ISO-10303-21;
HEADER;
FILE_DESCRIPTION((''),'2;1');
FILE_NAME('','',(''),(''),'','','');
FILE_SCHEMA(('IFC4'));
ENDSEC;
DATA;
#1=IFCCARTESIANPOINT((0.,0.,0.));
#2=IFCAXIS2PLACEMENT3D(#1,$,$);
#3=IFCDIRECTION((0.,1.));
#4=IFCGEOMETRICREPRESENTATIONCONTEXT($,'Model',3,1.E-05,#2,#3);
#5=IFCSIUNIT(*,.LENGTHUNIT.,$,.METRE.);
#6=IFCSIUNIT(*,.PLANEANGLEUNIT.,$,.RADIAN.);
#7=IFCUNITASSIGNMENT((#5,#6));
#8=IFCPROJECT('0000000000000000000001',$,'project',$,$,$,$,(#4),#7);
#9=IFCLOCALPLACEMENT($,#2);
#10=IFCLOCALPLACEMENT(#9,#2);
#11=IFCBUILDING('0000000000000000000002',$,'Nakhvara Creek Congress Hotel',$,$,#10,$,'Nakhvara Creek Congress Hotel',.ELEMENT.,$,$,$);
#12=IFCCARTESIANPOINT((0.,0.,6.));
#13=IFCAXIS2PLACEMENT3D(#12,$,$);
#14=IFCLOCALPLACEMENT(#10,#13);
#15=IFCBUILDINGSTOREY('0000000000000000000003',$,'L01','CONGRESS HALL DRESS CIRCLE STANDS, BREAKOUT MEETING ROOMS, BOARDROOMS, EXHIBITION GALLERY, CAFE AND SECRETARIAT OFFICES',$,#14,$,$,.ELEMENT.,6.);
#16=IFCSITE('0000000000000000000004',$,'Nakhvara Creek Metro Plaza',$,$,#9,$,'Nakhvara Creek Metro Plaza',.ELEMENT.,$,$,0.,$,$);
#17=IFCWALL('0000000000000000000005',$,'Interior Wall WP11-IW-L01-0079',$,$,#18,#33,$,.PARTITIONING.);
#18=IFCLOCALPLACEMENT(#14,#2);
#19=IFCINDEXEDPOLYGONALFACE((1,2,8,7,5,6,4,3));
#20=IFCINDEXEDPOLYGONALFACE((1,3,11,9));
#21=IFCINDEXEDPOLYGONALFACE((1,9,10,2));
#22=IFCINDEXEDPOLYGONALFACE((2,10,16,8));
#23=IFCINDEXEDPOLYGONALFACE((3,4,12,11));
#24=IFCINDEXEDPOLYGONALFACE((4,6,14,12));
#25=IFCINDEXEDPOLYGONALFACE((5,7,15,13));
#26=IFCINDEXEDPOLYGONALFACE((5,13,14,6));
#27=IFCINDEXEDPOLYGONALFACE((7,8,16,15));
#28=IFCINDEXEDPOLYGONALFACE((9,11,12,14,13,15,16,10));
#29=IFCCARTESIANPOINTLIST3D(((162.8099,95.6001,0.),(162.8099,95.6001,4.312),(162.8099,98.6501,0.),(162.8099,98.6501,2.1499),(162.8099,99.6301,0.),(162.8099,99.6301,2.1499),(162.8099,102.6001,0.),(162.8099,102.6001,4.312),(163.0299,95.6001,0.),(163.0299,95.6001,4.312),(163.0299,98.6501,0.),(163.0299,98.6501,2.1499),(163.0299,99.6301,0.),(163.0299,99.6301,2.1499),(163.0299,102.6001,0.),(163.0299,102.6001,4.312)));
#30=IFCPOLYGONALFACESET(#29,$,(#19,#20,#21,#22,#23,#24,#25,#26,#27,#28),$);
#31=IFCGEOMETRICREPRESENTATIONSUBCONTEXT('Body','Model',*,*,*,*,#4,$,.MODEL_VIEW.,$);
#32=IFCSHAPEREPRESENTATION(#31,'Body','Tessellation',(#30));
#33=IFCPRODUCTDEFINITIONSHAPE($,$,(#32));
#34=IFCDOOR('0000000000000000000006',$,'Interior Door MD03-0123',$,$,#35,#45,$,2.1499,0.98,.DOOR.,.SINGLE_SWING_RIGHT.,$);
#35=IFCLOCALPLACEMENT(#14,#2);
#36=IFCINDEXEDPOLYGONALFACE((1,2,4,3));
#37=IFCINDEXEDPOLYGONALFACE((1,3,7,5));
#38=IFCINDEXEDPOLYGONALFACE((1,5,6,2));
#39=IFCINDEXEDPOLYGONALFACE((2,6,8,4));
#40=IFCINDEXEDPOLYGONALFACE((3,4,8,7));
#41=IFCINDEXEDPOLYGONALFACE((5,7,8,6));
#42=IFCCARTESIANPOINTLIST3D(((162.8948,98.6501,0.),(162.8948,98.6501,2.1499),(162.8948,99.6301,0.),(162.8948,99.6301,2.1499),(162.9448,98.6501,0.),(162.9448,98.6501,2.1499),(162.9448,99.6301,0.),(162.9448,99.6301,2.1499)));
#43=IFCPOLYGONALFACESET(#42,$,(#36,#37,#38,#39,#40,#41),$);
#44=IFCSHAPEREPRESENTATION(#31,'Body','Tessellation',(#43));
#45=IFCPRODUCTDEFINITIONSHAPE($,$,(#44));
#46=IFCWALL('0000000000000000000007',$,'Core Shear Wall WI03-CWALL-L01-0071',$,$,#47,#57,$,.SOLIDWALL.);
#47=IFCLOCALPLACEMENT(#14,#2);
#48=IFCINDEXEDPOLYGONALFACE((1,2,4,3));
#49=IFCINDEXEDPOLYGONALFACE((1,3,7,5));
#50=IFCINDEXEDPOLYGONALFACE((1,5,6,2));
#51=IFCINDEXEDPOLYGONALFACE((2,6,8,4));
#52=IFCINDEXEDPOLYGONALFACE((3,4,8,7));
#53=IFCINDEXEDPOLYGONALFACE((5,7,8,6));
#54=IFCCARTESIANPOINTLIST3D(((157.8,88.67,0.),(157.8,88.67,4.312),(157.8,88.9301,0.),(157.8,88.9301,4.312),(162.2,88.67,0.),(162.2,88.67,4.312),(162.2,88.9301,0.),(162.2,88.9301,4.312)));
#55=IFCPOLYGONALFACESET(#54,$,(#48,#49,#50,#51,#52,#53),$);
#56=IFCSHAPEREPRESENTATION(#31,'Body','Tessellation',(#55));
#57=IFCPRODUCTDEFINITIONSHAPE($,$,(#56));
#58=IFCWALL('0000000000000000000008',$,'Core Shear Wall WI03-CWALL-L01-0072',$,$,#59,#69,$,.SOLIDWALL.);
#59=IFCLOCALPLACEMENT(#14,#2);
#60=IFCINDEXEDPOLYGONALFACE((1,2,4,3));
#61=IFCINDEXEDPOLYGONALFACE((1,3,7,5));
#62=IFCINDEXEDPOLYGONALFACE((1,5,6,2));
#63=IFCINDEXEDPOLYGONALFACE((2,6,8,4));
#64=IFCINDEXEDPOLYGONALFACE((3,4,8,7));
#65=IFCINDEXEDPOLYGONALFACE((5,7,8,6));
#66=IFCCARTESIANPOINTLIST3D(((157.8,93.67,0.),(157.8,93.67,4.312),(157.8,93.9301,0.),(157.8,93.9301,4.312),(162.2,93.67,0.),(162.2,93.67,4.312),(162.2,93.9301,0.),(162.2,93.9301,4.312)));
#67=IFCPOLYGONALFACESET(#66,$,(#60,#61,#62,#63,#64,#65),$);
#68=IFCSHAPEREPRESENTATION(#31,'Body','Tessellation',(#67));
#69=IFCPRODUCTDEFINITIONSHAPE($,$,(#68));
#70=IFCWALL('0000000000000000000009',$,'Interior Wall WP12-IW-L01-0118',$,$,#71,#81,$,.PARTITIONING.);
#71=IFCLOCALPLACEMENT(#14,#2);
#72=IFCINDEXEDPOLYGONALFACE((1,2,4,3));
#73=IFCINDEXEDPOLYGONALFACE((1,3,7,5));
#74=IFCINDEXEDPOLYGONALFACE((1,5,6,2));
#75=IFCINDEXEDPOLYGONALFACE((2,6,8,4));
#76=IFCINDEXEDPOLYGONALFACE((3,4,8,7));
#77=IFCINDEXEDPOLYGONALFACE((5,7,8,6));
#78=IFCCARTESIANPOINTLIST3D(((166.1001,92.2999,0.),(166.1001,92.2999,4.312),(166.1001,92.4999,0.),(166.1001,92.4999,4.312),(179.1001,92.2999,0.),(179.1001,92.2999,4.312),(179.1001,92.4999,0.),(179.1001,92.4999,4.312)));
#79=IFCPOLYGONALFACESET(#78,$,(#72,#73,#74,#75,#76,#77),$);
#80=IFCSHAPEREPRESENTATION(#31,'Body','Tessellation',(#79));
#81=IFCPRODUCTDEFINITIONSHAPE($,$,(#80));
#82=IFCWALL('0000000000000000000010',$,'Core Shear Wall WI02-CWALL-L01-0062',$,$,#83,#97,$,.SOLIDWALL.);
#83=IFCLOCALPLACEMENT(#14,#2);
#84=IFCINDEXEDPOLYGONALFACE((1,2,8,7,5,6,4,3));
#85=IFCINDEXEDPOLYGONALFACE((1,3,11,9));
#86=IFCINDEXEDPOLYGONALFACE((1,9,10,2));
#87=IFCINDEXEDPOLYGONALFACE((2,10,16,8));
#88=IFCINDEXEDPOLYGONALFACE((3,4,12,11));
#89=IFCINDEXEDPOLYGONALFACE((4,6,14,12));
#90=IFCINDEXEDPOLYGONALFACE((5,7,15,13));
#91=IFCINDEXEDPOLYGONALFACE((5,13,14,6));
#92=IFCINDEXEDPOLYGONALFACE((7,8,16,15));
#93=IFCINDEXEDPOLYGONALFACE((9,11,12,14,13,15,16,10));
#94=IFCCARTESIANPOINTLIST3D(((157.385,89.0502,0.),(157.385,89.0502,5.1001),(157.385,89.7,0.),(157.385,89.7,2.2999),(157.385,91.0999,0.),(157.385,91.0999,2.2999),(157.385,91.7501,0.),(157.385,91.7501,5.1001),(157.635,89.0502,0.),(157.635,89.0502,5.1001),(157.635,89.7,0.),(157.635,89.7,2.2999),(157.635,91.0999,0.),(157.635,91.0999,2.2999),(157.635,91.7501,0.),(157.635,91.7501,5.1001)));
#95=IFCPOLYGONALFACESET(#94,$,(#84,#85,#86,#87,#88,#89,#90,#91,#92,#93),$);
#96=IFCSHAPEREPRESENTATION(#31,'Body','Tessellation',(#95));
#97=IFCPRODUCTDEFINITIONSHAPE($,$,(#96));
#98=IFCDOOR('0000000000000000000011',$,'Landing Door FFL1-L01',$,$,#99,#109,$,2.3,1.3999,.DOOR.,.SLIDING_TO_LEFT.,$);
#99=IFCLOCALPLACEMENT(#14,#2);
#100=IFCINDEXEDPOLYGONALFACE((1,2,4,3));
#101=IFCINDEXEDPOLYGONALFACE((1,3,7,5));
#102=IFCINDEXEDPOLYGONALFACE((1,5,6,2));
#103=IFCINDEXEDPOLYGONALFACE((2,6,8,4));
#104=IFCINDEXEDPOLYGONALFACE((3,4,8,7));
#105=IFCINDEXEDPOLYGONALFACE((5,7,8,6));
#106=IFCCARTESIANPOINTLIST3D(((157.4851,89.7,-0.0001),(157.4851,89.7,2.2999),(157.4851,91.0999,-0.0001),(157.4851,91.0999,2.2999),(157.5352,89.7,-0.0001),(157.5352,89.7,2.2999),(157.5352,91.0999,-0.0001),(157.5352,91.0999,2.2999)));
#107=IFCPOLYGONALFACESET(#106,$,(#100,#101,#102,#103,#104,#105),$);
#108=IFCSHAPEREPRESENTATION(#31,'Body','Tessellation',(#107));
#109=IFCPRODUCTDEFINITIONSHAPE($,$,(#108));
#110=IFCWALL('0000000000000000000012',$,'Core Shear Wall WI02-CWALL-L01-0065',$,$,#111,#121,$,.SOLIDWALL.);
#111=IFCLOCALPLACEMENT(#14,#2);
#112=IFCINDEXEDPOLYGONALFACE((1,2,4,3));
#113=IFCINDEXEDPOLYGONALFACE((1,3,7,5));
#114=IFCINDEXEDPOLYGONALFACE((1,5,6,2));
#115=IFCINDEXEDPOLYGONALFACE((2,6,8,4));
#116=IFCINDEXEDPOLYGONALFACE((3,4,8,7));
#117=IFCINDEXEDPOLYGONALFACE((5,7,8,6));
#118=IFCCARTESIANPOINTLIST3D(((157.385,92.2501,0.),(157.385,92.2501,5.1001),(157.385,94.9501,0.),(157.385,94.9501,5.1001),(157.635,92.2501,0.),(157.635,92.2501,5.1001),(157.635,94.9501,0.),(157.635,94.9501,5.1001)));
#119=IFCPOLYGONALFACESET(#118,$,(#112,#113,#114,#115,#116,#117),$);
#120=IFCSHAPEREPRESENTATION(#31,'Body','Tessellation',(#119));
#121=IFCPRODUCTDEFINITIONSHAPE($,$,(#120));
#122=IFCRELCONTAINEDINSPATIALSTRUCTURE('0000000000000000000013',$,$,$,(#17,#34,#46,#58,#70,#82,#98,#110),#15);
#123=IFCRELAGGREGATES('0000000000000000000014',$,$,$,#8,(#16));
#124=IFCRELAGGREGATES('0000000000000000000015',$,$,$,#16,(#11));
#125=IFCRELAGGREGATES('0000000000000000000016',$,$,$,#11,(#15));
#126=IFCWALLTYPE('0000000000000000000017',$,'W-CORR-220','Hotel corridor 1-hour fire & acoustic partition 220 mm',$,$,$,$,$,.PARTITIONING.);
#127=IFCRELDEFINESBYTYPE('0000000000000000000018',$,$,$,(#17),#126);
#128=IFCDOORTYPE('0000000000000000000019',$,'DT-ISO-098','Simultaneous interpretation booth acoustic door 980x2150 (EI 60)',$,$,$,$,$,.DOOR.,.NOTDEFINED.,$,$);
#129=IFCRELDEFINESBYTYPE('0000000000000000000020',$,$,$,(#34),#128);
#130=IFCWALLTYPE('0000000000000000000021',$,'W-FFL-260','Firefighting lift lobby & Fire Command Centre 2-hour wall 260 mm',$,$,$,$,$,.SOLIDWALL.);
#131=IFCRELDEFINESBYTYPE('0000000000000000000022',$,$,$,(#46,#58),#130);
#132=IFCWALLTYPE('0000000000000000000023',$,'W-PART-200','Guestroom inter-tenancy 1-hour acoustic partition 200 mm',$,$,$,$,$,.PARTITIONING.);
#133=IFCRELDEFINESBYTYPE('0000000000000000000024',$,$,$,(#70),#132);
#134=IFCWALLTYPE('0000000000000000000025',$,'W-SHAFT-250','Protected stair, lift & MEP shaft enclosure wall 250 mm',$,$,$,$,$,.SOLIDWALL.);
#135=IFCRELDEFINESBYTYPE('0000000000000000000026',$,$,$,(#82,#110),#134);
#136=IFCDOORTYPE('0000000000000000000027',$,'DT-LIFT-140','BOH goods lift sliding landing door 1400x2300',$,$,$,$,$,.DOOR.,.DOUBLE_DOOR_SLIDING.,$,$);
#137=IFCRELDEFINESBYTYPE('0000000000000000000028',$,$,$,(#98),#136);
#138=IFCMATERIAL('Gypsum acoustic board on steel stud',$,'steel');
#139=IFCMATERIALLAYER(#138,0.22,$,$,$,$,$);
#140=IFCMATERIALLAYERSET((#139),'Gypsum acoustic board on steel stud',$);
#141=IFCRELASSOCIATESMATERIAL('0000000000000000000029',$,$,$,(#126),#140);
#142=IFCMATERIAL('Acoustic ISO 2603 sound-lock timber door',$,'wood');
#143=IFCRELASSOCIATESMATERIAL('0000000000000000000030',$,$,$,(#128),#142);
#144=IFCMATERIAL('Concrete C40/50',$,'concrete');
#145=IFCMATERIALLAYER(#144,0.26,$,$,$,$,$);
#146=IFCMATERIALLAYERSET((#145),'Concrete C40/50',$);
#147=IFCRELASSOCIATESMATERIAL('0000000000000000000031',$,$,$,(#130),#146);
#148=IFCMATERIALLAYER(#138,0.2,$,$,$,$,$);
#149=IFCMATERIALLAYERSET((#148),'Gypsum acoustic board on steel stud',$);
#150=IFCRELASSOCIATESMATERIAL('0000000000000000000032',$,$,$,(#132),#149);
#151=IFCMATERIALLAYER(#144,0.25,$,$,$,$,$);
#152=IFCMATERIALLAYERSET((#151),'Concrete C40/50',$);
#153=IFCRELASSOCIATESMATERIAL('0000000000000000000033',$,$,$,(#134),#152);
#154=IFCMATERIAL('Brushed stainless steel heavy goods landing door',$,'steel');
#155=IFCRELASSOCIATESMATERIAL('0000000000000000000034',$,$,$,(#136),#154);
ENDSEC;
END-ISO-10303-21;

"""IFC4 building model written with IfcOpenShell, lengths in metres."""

from ifc_helpers import new_model, si_unit, direction, frame, frame_2d, origin, place, context, subcontext, project, spatial, rectangle, extrude, material, layer, layer_set, type_object, element, fill, save


model = new_model("IFC4")

# Units and contexts
model_context = context("Model", 3, precision=1e-05, world=origin(), true_north=direction((0.0, 1.0)))
body_context = subcontext(model_context, "Body", "Model", "MODEL_VIEW")
ifc_project = project(units=[si_unit("LENGTHUNIT", "METRE"), si_unit("PLANEANGLEUNIT", "RADIAN")], contexts=[model_context])

# Site, building, storey
site_placement = place(None, origin())
site = spatial("IfcSite", under=ifc_project, at=site_placement, Name="Nakhvara Creek Metro Plaza", LongName="Nakhvara Creek Metro Plaza", CompositionType="ELEMENT", RefElevation=0.0)
building_placement = place(site_placement, origin())
building = spatial("IfcBuilding", under=site, at=building_placement, Name="Nakhvara Creek Congress Hotel", LongName="Nakhvara Creek Congress Hotel", CompositionType="ELEMENT")
storey_placement = place(building_placement, frame((0.0, 0.0, 6.0)))
storey = spatial("IfcBuildingStorey", under=building, at=storey_placement, Name="L01", Description="CONGRESS HALL DRESS CIRCLE STANDS, BREAKOUT MEETING ROOMS, BOARDROOMS, EXHIBITION GALLERY, CAFE AND SECRETARIAT OFFICES", CompositionType="ELEMENT", Elevation=6.0)

# Shared definitions
ifc_material_1 = material(Name="Concrete C40/50", Category="concrete")

# Wall, opening, door
ifc_material_2 = material(Name="Gypsum acoustic board on steel stud", Category="steel")
ifc_layer_1 = layer(ifc_material_2, 0.22)
ifc_layer_set_1 = layer_set([ifc_layer_1], Name="Gypsum acoustic board on steel stud")
wall_type_1 = type_object("IfcWallType", Name="W-CORR-220", Description="Hotel corridor 1-hour fire & acoustic partition 220 mm", PredefinedType="PARTITIONING", material=ifc_layer_set_1)
wall_1_placement = place(storey_placement, frame((162.9199, 95.6001, 0.0), z_axis=(0.0, 0.0, 1.0), x_axis=(0.0, 1.0, 0.0)))
wall_1 = element("IfcWall", 1, at=wall_1_placement, inside=storey, type_object=wall_type_1, Name="Interior Wall WP11-IW-L01-0079", PredefinedType="PARTITIONING", context=body_context, shape_type="SweptSolid", body=[
    extrude(rectangle(XDim=7.0, YDim=0.22, at=frame_2d((3.5, 0.0))), origin(), (0.0, 0.0, 1.0), 4.312),
])
opening_1_placement = place(wall_1_placement, frame((3.05, 0.0, 0.0)))
opening_1 = element("IfcOpeningElement", 2, at=opening_1_placement, cuts=wall_1, PredefinedType="OPENING", context=body_context, shape_type="SweptSolid", body=[
    extrude(rectangle(XDim=0.98, YDim=2.1499, at=frame_2d((0.49, 1.075))), frame((0.0, 0.1221, 0.0), z_axis=(0.0, -1.0, 0.0), x_axis=(1.0, 0.0, 0.0)), (0.0, 0.0, 1.0), 0.2439),
])
ifc_material_3 = material(Name="Acoustic ISO 2603 sound-lock timber door", Category="wood")
door_type_1 = type_object("IfcDoorType", Name="DT-ISO-098", Description="Simultaneous interpretation booth acoustic door 980x2150 (EI 60)", OperationType="NOTDEFINED", PredefinedType="DOOR", material=ifc_material_3)
door_1_placement = place(opening_1_placement, frame((0.98, 0.0, 0.0), z_axis=(0.0, 0.0, 1.0), x_axis=(-1.0, 0.0, 0.0)))
door_1 = element("IfcDoor", 3, at=door_1_placement, inside=storey, type_object=door_type_1, Name="Interior Door MD03-0123", OperationType="SINGLE_SWING_RIGHT", OverallHeight=2.1499, OverallWidth=0.98, PredefinedType="DOOR", context=body_context, shape_type="SweptSolid", body=[
    extrude(rectangle(XDim=0.98, YDim=2.1499, at=frame_2d((0.49, 1.075))), frame((0.0, 0.0249, 0.0), z_axis=(0.0, -1.0, 0.0), x_axis=(1.0, 0.0, 0.0)), (0.0, 0.0, 1.0), 0.05),
])
fill(opening_1, door_1)
ifc_layer_2 = layer(ifc_material_1, 0.26)
ifc_layer_set_2 = layer_set([ifc_layer_2], Name="Concrete C40/50")
wall_type_2 = type_object("IfcWallType", Name="W-FFL-260", Description="Firefighting lift lobby & Fire Command Centre 2-hour wall 260 mm", PredefinedType="SOLIDWALL", material=ifc_layer_set_2)

# Walls
for number, where, z_axis, x_axis, name in (
    (4, (157.8, 88.8, 0.0), (0.0, 0.0, 1.0), (1.0, 0.0, 0.0), "Core Shear Wall WI03-CWALL-L01-0071"),
    (5, (157.8, 93.8, 0.0), (0.0, 0.0, 1.0), (1.0, 0.0, 0.0), "Core Shear Wall WI03-CWALL-L01-0072"),
):
    element("IfcWall", number, at=place(storey_placement, frame(where, z_axis=z_axis, x_axis=x_axis)), inside=storey, type_object=wall_type_2, Name=name, PredefinedType="SOLIDWALL", context=body_context, shape_type="SweptSolid", body=[
        extrude(rectangle(XDim=4.3999, YDim=0.26, at=frame_2d((2.2, 0.0))), origin(), (0.0, 0.0, 1.0), 4.312),
    ])
ifc_layer_3 = layer(ifc_material_2, 0.2)
ifc_layer_set_3 = layer_set([ifc_layer_3], Name="Gypsum acoustic board on steel stud")
wall_type_3 = type_object("IfcWallType", Name="W-PART-200", Description="Guestroom inter-tenancy 1-hour acoustic partition 200 mm", PredefinedType="PARTITIONING", material=ifc_layer_set_3)
wall_2_placement = place(storey_placement, frame((166.1001, 92.3999, 0.0), z_axis=(0.0, 0.0, 1.0), x_axis=(1.0, 0.0, 0.0)))
element("IfcWall", 6, at=wall_2_placement, inside=storey, type_object=wall_type_3, Name="Interior Wall WP12-IW-L01-0118", PredefinedType="PARTITIONING", context=body_context, shape_type="SweptSolid", body=[
    extrude(rectangle(XDim=13.0, YDim=0.2, at=frame_2d((6.5, 0.0))), origin(), (0.0, 0.0, 1.0), 4.312),
])

# Wall, opening, door
ifc_layer_4 = layer(ifc_material_1, 0.25)
ifc_layer_set_4 = layer_set([ifc_layer_4], Name="Concrete C40/50")
wall_type_4 = type_object("IfcWallType", Name="W-SHAFT-250", Description="Protected stair, lift & MEP shaft enclosure wall 250 mm", PredefinedType="SOLIDWALL", material=ifc_layer_set_4)
wall_3_placement = place(storey_placement, frame((157.51, 89.05, 0.0), z_axis=(0.0, 0.0, 1.0), x_axis=(0.0, 1.0, 0.0)))
wall_3 = element("IfcWall", 7, at=wall_3_placement, inside=storey, type_object=wall_type_4, Name="Core Shear Wall WI02-CWALL-L01-0062", PredefinedType="SOLIDWALL", context=body_context, shape_type="SweptSolid", body=[
    extrude(rectangle(XDim=2.7, YDim=0.25, at=frame_2d((1.3501, 0.0))), origin(), (0.0, 0.0, 1.0), 5.1001),
])
opening_2_placement = place(wall_3_placement, frame((0.6499, 0.0, 0.0)))
opening_2 = element("IfcOpeningElement", 8, at=opening_2_placement, cuts=wall_3, PredefinedType="OPENING", context=body_context, shape_type="SweptSolid", body=[
    extrude(rectangle(XDim=1.3999, YDim=2.3, at=frame_2d((0.7, 1.1499))), frame((0.0, 0.137, 0.0), z_axis=(0.0, -1.0, 0.0), x_axis=(1.0, 0.0, 0.0)), (0.0, 0.0, 1.0), 0.2739),
])
ifc_material_4 = material(Name="Brushed stainless steel heavy goods landing door", Category="steel")
door_type_2 = type_object("IfcDoorType", Name="DT-LIFT-140", Description="BOH goods lift sliding landing door 1400x2300", OperationType="DOUBLE_DOOR_SLIDING", PredefinedType="DOOR", material=ifc_material_4)
door_2_placement = place(opening_2_placement, origin())
door_2 = element("IfcDoor", 9, at=door_2_placement, inside=storey, type_object=door_type_2, Name="Landing Door FFL1-L01", OperationType="SLIDING_TO_LEFT", OverallHeight=2.3, OverallWidth=1.3999, PredefinedType="DOOR", context=body_context, shape_type="SweptSolid", body=[
    extrude(rectangle(XDim=1.3999, YDim=2.3, at=frame_2d((0.7, 1.1499))), frame((0.0, 0.0249, 0.0), z_axis=(0.0, -1.0, 0.0), x_axis=(1.0, 0.0, 0.0)), (0.0, 0.0, 1.0), 0.05),
])
fill(opening_2, door_2)

# Wall
wall_4_placement = place(storey_placement, frame((157.51, 92.25, 0.0), z_axis=(0.0, 0.0, 1.0), x_axis=(0.0, 1.0, 0.0)))
element("IfcWall", 10, at=wall_4_placement, inside=storey, type_object=wall_type_4, Name="Core Shear Wall WI02-CWALL-L01-0065", PredefinedType="SOLIDWALL", context=body_context, shape_type="SweptSolid", body=[
    extrude(rectangle(XDim=2.7, YDim=0.25, at=frame_2d((1.3501, 0.0))), origin(), (0.0, 0.0, 1.0), 5.1001),
])

save(model, "model.ifc")
